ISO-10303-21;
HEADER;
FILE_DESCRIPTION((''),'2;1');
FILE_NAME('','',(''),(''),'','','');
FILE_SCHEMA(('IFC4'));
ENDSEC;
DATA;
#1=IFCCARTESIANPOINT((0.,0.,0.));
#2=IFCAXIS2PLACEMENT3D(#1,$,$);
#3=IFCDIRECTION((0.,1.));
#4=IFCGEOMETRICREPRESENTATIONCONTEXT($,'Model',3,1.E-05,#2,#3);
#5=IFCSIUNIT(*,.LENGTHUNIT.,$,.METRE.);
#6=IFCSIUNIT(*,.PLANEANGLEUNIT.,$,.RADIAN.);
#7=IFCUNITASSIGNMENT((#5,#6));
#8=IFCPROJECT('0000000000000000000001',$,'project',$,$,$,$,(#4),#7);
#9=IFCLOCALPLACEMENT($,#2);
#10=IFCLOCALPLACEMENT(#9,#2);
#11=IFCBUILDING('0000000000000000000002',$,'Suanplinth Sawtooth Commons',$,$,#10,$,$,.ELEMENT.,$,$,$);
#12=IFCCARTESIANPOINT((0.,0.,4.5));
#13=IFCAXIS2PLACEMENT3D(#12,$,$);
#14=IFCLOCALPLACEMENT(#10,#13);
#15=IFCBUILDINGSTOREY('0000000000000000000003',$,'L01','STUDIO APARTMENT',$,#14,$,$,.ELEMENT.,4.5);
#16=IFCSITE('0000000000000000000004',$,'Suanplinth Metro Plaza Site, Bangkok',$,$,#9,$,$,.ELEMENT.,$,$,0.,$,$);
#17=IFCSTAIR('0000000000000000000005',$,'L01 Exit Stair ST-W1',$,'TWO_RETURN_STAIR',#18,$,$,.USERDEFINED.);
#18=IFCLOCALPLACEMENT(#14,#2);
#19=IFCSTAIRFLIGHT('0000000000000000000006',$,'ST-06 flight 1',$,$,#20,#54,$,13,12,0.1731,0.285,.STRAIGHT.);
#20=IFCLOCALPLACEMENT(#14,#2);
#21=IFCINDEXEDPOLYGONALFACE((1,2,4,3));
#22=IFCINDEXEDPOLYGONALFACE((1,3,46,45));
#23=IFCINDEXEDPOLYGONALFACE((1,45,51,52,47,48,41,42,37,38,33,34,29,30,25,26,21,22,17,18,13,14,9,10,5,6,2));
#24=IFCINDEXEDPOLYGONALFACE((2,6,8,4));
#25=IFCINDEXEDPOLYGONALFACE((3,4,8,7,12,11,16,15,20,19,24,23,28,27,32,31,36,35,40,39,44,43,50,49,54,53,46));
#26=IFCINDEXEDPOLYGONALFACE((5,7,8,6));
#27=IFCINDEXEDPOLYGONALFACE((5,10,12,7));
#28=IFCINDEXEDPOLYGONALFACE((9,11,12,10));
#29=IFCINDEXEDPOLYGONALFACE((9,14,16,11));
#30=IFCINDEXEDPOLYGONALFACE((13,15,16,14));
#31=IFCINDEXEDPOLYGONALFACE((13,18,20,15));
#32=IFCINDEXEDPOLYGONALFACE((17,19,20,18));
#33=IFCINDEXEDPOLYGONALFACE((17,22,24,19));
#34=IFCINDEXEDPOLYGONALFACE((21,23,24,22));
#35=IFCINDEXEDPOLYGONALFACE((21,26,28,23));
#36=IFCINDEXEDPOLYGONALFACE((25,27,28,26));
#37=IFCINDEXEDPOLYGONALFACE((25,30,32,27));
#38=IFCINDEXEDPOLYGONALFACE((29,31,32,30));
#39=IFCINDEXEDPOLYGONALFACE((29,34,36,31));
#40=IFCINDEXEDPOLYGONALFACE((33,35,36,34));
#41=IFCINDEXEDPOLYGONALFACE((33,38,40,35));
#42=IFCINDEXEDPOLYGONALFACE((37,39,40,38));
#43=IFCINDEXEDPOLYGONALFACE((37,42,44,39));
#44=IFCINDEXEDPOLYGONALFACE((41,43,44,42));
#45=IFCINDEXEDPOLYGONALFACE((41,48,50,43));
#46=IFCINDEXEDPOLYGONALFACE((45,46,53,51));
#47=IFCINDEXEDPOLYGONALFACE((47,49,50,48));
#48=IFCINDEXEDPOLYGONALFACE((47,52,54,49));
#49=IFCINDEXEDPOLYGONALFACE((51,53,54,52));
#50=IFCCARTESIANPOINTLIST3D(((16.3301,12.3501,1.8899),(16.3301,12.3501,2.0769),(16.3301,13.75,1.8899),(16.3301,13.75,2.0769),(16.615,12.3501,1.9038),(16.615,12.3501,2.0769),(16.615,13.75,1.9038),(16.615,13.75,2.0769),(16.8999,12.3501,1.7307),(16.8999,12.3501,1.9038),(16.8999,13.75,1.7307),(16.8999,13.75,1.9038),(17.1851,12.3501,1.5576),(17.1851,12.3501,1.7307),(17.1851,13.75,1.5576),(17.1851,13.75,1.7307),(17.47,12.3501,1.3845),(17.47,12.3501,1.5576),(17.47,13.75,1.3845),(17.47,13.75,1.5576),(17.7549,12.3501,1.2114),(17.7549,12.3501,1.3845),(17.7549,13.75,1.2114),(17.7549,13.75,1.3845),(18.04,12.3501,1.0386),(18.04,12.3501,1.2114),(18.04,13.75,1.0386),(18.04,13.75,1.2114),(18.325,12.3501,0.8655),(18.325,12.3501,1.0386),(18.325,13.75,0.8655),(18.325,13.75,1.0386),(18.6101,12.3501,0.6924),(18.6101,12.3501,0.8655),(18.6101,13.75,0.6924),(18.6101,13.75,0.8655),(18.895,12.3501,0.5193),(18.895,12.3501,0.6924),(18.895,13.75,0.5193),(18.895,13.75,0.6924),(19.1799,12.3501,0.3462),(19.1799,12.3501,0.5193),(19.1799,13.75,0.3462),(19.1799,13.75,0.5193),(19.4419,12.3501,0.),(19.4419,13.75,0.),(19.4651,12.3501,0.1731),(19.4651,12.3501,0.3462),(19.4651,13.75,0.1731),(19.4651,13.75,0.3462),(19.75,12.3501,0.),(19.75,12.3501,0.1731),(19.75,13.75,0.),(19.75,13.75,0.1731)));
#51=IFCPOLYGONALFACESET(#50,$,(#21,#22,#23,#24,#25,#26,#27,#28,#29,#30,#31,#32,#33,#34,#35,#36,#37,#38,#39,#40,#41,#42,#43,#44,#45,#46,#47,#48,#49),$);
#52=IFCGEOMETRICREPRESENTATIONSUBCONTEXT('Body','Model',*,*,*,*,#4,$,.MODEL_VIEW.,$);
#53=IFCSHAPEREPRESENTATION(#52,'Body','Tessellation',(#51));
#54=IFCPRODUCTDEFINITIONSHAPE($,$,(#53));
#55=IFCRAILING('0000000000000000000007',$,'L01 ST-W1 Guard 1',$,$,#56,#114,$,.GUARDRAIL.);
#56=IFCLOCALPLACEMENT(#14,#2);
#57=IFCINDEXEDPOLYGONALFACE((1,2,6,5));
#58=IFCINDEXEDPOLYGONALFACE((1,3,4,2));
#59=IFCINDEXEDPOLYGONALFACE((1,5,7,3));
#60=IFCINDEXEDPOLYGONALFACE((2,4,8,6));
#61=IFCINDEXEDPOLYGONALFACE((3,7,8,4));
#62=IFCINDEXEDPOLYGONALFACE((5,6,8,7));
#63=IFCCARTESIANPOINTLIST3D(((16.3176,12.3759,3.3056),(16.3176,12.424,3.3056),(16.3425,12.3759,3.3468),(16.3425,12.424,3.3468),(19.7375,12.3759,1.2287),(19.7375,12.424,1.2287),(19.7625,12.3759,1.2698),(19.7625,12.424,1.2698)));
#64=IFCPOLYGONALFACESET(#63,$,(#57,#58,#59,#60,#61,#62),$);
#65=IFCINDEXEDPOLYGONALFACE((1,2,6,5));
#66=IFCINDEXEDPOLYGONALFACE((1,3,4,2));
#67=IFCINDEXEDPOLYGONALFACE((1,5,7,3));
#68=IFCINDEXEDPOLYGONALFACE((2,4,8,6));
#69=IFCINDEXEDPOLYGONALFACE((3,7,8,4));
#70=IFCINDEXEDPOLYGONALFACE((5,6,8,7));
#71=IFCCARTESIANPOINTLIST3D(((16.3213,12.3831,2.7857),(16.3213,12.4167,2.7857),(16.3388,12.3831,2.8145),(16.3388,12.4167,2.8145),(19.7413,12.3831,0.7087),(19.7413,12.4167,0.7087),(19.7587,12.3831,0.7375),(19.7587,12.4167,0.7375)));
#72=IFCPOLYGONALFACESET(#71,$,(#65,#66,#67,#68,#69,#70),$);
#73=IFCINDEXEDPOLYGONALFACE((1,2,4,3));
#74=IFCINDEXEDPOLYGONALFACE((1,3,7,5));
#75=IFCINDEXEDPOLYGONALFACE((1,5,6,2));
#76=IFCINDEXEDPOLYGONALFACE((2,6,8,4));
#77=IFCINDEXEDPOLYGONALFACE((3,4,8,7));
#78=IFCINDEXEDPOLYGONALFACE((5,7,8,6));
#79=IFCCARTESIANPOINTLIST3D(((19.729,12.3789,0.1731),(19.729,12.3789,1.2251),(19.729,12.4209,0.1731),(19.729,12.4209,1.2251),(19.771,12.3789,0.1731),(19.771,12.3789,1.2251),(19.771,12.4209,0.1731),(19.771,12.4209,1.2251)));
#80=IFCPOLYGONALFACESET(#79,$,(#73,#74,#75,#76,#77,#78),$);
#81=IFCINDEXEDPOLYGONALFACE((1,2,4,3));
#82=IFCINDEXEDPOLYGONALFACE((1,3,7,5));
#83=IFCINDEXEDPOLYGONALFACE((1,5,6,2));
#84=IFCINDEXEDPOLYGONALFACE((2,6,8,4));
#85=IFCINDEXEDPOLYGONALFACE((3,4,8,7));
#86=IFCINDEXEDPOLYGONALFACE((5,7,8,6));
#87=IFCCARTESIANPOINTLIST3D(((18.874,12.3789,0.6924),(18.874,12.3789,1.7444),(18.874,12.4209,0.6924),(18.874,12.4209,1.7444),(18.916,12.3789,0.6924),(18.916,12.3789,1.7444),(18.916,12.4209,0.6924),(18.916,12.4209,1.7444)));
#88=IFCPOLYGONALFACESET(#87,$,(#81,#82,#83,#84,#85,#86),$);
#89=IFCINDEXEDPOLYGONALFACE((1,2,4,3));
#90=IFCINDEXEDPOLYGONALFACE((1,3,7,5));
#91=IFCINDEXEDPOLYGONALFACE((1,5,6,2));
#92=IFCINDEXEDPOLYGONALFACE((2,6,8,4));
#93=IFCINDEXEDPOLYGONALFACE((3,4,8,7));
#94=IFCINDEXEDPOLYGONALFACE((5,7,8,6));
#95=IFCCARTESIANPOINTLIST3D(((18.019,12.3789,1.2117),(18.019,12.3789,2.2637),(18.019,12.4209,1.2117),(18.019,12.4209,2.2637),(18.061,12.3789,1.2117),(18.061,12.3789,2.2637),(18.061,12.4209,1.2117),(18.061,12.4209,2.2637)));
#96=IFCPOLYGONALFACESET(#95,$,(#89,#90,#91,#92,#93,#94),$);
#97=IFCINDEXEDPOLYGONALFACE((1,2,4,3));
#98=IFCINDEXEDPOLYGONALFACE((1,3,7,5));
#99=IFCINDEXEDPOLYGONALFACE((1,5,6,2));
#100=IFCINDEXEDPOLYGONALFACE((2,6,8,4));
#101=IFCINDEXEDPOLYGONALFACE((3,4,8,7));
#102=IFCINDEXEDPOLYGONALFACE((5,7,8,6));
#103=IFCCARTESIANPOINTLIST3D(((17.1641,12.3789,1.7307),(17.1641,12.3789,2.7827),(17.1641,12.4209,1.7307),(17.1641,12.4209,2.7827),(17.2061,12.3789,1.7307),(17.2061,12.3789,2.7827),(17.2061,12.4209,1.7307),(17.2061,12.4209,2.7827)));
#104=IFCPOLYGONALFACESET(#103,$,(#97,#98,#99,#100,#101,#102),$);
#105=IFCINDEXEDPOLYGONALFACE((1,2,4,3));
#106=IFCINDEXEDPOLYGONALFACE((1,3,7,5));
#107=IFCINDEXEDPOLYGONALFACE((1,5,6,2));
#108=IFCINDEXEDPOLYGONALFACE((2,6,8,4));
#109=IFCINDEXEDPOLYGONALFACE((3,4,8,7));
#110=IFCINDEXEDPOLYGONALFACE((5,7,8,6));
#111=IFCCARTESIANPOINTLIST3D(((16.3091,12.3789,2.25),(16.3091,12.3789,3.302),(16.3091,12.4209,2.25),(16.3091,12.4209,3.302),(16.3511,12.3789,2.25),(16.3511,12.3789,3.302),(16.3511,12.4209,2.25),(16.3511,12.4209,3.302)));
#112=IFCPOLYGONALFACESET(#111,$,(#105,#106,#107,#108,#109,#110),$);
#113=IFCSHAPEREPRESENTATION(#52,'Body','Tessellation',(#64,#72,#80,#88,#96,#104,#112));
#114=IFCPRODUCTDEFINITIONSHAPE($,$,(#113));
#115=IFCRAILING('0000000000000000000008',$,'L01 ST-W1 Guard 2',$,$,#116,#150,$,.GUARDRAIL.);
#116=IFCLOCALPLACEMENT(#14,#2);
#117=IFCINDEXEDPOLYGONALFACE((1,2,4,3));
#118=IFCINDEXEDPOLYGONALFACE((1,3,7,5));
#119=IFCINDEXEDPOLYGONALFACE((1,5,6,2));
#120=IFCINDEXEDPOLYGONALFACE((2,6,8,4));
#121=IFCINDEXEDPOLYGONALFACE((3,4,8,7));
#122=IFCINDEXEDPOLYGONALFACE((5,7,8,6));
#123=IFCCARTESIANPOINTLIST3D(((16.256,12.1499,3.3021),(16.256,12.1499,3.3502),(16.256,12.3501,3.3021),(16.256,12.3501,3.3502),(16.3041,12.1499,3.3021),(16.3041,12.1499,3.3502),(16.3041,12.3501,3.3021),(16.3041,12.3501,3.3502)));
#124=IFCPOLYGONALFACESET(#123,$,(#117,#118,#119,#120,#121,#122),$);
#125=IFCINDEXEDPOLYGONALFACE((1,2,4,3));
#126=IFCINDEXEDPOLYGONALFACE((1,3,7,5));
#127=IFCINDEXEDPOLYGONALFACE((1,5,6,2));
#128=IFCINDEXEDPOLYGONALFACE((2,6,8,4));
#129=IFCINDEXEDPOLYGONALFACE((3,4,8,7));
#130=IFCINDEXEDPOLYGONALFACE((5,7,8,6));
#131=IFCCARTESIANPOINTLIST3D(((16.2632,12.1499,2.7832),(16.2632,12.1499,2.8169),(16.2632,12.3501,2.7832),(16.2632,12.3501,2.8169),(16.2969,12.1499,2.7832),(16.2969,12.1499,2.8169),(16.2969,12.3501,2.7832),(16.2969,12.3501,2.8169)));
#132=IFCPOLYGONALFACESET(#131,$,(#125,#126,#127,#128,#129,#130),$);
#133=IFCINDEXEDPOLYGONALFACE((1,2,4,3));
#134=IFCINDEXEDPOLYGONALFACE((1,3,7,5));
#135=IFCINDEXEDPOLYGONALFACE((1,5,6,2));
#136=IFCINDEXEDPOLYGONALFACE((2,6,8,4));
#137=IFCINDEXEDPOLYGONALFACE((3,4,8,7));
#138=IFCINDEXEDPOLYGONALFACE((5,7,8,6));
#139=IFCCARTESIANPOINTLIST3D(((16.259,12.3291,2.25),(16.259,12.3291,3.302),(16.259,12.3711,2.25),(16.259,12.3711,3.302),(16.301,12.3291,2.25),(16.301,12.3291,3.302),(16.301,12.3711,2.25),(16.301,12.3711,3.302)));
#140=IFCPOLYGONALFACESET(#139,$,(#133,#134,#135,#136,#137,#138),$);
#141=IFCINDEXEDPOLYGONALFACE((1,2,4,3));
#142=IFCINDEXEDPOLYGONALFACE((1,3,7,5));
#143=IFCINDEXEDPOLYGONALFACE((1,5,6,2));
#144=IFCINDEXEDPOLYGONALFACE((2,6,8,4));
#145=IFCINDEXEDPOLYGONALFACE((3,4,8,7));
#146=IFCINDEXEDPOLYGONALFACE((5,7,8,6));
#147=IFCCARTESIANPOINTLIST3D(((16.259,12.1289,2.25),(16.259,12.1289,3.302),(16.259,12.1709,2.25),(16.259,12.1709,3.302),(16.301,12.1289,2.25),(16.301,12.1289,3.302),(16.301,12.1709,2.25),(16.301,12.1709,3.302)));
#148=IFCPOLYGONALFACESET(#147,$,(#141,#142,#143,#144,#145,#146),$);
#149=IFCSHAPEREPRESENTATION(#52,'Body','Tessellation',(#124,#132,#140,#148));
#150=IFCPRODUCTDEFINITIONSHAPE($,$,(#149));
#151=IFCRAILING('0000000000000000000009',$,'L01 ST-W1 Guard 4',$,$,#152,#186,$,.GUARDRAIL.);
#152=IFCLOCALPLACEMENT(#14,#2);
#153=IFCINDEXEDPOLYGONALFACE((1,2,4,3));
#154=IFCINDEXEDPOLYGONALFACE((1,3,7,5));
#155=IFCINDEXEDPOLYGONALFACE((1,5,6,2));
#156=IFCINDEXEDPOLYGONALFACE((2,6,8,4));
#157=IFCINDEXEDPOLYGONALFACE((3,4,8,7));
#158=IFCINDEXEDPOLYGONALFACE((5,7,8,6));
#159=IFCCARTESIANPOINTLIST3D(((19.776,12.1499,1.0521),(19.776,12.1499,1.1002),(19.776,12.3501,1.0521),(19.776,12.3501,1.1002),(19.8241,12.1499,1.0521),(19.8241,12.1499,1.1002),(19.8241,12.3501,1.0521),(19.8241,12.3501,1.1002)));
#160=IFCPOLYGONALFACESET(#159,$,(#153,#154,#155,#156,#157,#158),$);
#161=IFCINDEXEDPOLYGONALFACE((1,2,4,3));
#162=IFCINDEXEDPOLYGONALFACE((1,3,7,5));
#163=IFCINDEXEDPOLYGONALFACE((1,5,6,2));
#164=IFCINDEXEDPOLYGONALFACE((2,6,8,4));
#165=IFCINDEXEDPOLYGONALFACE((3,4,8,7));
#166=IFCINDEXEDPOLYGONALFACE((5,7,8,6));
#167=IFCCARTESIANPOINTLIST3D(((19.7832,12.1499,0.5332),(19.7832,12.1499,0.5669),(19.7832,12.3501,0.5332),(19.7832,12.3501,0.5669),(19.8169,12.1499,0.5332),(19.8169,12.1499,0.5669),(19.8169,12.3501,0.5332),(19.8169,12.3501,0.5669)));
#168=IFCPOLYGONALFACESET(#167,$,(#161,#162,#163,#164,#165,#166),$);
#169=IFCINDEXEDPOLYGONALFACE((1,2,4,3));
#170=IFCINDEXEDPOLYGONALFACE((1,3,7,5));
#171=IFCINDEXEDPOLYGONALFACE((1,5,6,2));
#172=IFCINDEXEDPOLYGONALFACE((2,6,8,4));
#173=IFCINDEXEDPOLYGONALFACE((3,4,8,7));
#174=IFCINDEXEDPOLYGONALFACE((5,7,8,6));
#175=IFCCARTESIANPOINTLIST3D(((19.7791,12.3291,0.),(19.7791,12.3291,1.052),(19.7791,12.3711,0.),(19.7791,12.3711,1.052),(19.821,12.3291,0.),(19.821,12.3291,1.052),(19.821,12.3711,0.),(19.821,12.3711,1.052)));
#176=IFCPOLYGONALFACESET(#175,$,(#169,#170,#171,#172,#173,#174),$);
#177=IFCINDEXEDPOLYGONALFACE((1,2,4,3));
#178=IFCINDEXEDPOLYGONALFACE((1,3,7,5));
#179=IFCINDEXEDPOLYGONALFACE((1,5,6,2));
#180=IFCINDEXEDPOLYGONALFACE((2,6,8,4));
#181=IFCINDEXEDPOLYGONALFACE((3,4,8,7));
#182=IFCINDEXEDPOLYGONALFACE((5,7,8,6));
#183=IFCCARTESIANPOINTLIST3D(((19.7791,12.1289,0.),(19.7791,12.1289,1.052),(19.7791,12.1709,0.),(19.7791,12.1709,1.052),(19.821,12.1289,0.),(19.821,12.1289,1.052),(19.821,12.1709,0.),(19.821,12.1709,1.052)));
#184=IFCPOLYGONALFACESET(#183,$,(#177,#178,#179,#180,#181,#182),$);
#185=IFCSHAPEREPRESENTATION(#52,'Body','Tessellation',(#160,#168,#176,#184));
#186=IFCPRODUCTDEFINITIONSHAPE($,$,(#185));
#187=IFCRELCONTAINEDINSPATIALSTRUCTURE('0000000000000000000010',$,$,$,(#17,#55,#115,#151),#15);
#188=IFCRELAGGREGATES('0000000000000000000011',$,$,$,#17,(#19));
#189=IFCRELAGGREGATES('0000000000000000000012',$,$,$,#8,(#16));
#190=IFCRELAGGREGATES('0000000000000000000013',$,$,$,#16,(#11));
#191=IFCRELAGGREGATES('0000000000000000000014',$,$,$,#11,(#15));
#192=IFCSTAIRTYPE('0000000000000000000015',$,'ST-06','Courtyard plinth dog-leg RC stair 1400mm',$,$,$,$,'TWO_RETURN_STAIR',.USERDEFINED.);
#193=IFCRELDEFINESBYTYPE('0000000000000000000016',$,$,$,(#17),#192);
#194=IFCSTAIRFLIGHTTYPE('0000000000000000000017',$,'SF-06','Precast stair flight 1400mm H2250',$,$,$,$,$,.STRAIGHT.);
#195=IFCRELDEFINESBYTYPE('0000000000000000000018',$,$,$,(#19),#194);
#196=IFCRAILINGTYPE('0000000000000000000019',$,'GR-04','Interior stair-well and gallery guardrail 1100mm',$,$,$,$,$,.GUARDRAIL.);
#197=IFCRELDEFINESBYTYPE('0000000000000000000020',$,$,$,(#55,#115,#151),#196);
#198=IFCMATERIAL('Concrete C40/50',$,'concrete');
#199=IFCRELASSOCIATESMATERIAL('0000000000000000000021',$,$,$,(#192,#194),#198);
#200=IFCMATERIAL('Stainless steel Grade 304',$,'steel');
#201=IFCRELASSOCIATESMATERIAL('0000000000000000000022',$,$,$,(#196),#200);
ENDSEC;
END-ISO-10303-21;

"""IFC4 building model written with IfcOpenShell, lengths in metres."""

from ifc_helpers import new_model, si_unit, direction, frame, origin, origin_2d, place, context, subcontext, project, spatial, polyline, rectangle, outline, extrude, material, type_object, element, aggregate, save


model = new_model("IFC4")

# Units and contexts
model_context = context("Model", 3, precision=1e-05, world=origin(), true_north=direction((0.0, 1.0)))
body_context = subcontext(model_context, "Body", "Model", "MODEL_VIEW")
ifc_project = project(units=[si_unit("LENGTHUNIT", "METRE"), si_unit("PLANEANGLEUNIT", "RADIAN")], contexts=[model_context])

# Site, building, storey
site_placement = place(None, origin())
site = spatial("IfcSite", under=ifc_project, at=site_placement, Name="Suanplinth Metro Plaza Site, Bangkok", CompositionType="ELEMENT", RefElevation=0.0)
building_placement = place(site_placement, origin())
building = spatial("IfcBuilding", under=site, at=building_placement, Name="Suanplinth Sawtooth Commons", CompositionType="ELEMENT")
storey_placement = place(building_placement, frame((0.0, 0.0, 4.5)))
storey = spatial("IfcBuildingStorey", under=building, at=storey_placement, Name="L01", Description="STUDIO APARTMENT", CompositionType="ELEMENT", Elevation=4.5)

# Shared definitions
ifc_material_1 = material(Name="Concrete C40/50", Category="concrete")

# Stair, stair flight
stair_type = type_object("IfcStairType", Name="ST-06", Description="Courtyard plinth dog-leg RC stair 1400mm", ElementType="TWO_RETURN_STAIR", PredefinedType="USERDEFINED", material=ifc_material_1)
stair_placement = place(storey_placement, origin())
stair = element("IfcStair", 1, at=stair_placement, inside=storey, type_object=stair_type, Name="L01 Exit Stair ST-W1", ObjectType="TWO_RETURN_STAIR", PredefinedType="USERDEFINED")
stair_flight_type = type_object("IfcStairFlightType", Name="SF-06", Description="Precast stair flight 1400mm H2250", PredefinedType="STRAIGHT", material=ifc_material_1)
stair_flight_placement = place(storey_placement, frame((19.75, 13.05, 0.0), z_axis=(0.0, 0.0, 1.0), x_axis=(-1.0, 0.0, 0.0)))
stair_flight = element("IfcStairFlight", 2, at=stair_flight_placement, type_object=stair_flight_type, Name="ST-06 flight 1", NumberOfRisers=13, NumberOfTreads=12, PredefinedType="STRAIGHT", RiserHeight=0.1731, TreadLength=0.285, context=body_context, shape_type="SweptSolid", body=[
    extrude(outline(polyline([(0.0, 0.0), (0.0, 0.1731), (0.2849, 0.1731), (0.2849, 0.3462), (0.5701, 0.3462), (0.5701, 0.5193), (0.855, 0.5193), (0.855, 0.6924), (1.1399, 0.6924), (1.1399, 0.8655), (1.425, 0.8655), (1.425, 1.0386), (1.71, 1.0386), (1.71, 1.2114), (1.9951, 1.2114), (1.9951, 1.3845), (2.28, 1.3845), (2.28, 1.5576), (2.5649, 1.5576), (2.5649, 1.7307), (2.8501, 1.7307), (2.8501, 1.9038), (3.135, 1.9038), (3.135, 2.0769), (3.4199, 2.0769), (3.4199, 2.25), (3.4199, 1.8899), (0.3081, 0.0), (0.0, 0.0)])), frame((0.0, 0.7, 0.0), z_axis=(0.0, -1.0, 0.0), x_axis=(1.0, 0.0, 0.0)), (0.0, 0.0, 1.0), 1.3999),
])
aggregate(stair, [stair_flight])

# Railings
ifc_material_2 = material(Name="Stainless steel Grade 304", Category="steel")
railing_type_1 = type_object("IfcRailingType", Name="GR-04", Description="Interior stair-well and gallery guardrail 1100mm", PredefinedType="GUARDRAIL", material=ifc_material_2)
railing_1_placement = place(storey_placement, frame((19.75, 12.3999, 0.1731)))
element("IfcRailing", 3, at=railing_1_placement, inside=storey, type_object=railing_type_1, Name="L01 ST-W1 Guard 1", PredefinedType="GUARDRAIL", context=body_context, shape_type="SweptSolid", body=[
    extrude(rectangle(XDim=0.0481, YDim=0.0481, at=origin_2d()), frame((0.0, 0.0, 1.0762), z_axis=(-0.85473, 0.0, 0.519074), x_axis=(0.0, -1.0, 0.0)), (0.0, 0.0, 1.0), 4.0012),
    extrude(rectangle(XDim=0.0337, YDim=0.0337, at=origin_2d()), frame((0.0, 0.0, 0.55), z_axis=(-0.85473, 0.0, 0.519074), x_axis=(0.0, -1.0, 0.0)), (0.0, 0.0, 1.0), 4.0012),
    extrude(rectangle(XDim=0.042, YDim=0.042, at=origin_2d()), origin(), (0.0, 0.0, 1.0), 1.052),
    extrude(rectangle(XDim=0.042, YDim=0.042, at=origin_2d()), frame((-0.855, 0.0, 0.5193)), (0.0, 0.0, 1.0), 1.052),
    extrude(rectangle(XDim=0.042, YDim=0.042, at=origin_2d()), frame((-1.71, 0.0, 1.0386)), (0.0, 0.0, 1.0), 1.052),
    extrude(rectangle(XDim=0.042, YDim=0.042, at=origin_2d()), frame((-2.5649, 0.0, 1.5576)), (0.0, 0.0, 1.0), 1.052),
    extrude(rectangle(XDim=0.042, YDim=0.042, at=origin_2d()), frame((-3.4199, 0.0, 2.0769)), (0.0, 0.0, 1.0), 1.052),
])
for number, where, name in (
    (4, (16.28, 12.3501, 2.25), "L01 ST-W1 Guard 2"),
    (5, (19.8, 12.3501, 0.0), "L01 ST-W1 Guard 4"),
):
    element("IfcRailing", number, at=place(storey_placement, frame(where)), inside=storey, type_object=railing_type_1, Name=name, PredefinedType="GUARDRAIL", context=body_context, shape_type="SweptSolid", body=[
        extrude(rectangle(XDim=0.0481, YDim=0.0481, at=origin_2d()), frame((0.0, 0.0, 1.0762), z_axis=(0.0, -1.0, 0.0), x_axis=(1.0, 0.0, 0.0)), (0.0, 0.0, 1.0), 0.2002),
        extrude(rectangle(XDim=0.0337, YDim=0.0337, at=origin_2d()), frame((0.0, 0.0, 0.55), z_axis=(0.0, -1.0, 0.0), x_axis=(1.0, 0.0, 0.0)), (0.0, 0.0, 1.0), 0.2002),
        extrude(rectangle(XDim=0.042, YDim=0.042, at=origin_2d()), origin(), (0.0, 0.0, 1.0), 1.052),
        extrude(rectangle(XDim=0.042, YDim=0.042, at=origin_2d()), frame((0.0, -0.2002, 0.0)), (0.0, 0.0, 1.0), 1.052),
    ])

save(model, "model.ifc")
